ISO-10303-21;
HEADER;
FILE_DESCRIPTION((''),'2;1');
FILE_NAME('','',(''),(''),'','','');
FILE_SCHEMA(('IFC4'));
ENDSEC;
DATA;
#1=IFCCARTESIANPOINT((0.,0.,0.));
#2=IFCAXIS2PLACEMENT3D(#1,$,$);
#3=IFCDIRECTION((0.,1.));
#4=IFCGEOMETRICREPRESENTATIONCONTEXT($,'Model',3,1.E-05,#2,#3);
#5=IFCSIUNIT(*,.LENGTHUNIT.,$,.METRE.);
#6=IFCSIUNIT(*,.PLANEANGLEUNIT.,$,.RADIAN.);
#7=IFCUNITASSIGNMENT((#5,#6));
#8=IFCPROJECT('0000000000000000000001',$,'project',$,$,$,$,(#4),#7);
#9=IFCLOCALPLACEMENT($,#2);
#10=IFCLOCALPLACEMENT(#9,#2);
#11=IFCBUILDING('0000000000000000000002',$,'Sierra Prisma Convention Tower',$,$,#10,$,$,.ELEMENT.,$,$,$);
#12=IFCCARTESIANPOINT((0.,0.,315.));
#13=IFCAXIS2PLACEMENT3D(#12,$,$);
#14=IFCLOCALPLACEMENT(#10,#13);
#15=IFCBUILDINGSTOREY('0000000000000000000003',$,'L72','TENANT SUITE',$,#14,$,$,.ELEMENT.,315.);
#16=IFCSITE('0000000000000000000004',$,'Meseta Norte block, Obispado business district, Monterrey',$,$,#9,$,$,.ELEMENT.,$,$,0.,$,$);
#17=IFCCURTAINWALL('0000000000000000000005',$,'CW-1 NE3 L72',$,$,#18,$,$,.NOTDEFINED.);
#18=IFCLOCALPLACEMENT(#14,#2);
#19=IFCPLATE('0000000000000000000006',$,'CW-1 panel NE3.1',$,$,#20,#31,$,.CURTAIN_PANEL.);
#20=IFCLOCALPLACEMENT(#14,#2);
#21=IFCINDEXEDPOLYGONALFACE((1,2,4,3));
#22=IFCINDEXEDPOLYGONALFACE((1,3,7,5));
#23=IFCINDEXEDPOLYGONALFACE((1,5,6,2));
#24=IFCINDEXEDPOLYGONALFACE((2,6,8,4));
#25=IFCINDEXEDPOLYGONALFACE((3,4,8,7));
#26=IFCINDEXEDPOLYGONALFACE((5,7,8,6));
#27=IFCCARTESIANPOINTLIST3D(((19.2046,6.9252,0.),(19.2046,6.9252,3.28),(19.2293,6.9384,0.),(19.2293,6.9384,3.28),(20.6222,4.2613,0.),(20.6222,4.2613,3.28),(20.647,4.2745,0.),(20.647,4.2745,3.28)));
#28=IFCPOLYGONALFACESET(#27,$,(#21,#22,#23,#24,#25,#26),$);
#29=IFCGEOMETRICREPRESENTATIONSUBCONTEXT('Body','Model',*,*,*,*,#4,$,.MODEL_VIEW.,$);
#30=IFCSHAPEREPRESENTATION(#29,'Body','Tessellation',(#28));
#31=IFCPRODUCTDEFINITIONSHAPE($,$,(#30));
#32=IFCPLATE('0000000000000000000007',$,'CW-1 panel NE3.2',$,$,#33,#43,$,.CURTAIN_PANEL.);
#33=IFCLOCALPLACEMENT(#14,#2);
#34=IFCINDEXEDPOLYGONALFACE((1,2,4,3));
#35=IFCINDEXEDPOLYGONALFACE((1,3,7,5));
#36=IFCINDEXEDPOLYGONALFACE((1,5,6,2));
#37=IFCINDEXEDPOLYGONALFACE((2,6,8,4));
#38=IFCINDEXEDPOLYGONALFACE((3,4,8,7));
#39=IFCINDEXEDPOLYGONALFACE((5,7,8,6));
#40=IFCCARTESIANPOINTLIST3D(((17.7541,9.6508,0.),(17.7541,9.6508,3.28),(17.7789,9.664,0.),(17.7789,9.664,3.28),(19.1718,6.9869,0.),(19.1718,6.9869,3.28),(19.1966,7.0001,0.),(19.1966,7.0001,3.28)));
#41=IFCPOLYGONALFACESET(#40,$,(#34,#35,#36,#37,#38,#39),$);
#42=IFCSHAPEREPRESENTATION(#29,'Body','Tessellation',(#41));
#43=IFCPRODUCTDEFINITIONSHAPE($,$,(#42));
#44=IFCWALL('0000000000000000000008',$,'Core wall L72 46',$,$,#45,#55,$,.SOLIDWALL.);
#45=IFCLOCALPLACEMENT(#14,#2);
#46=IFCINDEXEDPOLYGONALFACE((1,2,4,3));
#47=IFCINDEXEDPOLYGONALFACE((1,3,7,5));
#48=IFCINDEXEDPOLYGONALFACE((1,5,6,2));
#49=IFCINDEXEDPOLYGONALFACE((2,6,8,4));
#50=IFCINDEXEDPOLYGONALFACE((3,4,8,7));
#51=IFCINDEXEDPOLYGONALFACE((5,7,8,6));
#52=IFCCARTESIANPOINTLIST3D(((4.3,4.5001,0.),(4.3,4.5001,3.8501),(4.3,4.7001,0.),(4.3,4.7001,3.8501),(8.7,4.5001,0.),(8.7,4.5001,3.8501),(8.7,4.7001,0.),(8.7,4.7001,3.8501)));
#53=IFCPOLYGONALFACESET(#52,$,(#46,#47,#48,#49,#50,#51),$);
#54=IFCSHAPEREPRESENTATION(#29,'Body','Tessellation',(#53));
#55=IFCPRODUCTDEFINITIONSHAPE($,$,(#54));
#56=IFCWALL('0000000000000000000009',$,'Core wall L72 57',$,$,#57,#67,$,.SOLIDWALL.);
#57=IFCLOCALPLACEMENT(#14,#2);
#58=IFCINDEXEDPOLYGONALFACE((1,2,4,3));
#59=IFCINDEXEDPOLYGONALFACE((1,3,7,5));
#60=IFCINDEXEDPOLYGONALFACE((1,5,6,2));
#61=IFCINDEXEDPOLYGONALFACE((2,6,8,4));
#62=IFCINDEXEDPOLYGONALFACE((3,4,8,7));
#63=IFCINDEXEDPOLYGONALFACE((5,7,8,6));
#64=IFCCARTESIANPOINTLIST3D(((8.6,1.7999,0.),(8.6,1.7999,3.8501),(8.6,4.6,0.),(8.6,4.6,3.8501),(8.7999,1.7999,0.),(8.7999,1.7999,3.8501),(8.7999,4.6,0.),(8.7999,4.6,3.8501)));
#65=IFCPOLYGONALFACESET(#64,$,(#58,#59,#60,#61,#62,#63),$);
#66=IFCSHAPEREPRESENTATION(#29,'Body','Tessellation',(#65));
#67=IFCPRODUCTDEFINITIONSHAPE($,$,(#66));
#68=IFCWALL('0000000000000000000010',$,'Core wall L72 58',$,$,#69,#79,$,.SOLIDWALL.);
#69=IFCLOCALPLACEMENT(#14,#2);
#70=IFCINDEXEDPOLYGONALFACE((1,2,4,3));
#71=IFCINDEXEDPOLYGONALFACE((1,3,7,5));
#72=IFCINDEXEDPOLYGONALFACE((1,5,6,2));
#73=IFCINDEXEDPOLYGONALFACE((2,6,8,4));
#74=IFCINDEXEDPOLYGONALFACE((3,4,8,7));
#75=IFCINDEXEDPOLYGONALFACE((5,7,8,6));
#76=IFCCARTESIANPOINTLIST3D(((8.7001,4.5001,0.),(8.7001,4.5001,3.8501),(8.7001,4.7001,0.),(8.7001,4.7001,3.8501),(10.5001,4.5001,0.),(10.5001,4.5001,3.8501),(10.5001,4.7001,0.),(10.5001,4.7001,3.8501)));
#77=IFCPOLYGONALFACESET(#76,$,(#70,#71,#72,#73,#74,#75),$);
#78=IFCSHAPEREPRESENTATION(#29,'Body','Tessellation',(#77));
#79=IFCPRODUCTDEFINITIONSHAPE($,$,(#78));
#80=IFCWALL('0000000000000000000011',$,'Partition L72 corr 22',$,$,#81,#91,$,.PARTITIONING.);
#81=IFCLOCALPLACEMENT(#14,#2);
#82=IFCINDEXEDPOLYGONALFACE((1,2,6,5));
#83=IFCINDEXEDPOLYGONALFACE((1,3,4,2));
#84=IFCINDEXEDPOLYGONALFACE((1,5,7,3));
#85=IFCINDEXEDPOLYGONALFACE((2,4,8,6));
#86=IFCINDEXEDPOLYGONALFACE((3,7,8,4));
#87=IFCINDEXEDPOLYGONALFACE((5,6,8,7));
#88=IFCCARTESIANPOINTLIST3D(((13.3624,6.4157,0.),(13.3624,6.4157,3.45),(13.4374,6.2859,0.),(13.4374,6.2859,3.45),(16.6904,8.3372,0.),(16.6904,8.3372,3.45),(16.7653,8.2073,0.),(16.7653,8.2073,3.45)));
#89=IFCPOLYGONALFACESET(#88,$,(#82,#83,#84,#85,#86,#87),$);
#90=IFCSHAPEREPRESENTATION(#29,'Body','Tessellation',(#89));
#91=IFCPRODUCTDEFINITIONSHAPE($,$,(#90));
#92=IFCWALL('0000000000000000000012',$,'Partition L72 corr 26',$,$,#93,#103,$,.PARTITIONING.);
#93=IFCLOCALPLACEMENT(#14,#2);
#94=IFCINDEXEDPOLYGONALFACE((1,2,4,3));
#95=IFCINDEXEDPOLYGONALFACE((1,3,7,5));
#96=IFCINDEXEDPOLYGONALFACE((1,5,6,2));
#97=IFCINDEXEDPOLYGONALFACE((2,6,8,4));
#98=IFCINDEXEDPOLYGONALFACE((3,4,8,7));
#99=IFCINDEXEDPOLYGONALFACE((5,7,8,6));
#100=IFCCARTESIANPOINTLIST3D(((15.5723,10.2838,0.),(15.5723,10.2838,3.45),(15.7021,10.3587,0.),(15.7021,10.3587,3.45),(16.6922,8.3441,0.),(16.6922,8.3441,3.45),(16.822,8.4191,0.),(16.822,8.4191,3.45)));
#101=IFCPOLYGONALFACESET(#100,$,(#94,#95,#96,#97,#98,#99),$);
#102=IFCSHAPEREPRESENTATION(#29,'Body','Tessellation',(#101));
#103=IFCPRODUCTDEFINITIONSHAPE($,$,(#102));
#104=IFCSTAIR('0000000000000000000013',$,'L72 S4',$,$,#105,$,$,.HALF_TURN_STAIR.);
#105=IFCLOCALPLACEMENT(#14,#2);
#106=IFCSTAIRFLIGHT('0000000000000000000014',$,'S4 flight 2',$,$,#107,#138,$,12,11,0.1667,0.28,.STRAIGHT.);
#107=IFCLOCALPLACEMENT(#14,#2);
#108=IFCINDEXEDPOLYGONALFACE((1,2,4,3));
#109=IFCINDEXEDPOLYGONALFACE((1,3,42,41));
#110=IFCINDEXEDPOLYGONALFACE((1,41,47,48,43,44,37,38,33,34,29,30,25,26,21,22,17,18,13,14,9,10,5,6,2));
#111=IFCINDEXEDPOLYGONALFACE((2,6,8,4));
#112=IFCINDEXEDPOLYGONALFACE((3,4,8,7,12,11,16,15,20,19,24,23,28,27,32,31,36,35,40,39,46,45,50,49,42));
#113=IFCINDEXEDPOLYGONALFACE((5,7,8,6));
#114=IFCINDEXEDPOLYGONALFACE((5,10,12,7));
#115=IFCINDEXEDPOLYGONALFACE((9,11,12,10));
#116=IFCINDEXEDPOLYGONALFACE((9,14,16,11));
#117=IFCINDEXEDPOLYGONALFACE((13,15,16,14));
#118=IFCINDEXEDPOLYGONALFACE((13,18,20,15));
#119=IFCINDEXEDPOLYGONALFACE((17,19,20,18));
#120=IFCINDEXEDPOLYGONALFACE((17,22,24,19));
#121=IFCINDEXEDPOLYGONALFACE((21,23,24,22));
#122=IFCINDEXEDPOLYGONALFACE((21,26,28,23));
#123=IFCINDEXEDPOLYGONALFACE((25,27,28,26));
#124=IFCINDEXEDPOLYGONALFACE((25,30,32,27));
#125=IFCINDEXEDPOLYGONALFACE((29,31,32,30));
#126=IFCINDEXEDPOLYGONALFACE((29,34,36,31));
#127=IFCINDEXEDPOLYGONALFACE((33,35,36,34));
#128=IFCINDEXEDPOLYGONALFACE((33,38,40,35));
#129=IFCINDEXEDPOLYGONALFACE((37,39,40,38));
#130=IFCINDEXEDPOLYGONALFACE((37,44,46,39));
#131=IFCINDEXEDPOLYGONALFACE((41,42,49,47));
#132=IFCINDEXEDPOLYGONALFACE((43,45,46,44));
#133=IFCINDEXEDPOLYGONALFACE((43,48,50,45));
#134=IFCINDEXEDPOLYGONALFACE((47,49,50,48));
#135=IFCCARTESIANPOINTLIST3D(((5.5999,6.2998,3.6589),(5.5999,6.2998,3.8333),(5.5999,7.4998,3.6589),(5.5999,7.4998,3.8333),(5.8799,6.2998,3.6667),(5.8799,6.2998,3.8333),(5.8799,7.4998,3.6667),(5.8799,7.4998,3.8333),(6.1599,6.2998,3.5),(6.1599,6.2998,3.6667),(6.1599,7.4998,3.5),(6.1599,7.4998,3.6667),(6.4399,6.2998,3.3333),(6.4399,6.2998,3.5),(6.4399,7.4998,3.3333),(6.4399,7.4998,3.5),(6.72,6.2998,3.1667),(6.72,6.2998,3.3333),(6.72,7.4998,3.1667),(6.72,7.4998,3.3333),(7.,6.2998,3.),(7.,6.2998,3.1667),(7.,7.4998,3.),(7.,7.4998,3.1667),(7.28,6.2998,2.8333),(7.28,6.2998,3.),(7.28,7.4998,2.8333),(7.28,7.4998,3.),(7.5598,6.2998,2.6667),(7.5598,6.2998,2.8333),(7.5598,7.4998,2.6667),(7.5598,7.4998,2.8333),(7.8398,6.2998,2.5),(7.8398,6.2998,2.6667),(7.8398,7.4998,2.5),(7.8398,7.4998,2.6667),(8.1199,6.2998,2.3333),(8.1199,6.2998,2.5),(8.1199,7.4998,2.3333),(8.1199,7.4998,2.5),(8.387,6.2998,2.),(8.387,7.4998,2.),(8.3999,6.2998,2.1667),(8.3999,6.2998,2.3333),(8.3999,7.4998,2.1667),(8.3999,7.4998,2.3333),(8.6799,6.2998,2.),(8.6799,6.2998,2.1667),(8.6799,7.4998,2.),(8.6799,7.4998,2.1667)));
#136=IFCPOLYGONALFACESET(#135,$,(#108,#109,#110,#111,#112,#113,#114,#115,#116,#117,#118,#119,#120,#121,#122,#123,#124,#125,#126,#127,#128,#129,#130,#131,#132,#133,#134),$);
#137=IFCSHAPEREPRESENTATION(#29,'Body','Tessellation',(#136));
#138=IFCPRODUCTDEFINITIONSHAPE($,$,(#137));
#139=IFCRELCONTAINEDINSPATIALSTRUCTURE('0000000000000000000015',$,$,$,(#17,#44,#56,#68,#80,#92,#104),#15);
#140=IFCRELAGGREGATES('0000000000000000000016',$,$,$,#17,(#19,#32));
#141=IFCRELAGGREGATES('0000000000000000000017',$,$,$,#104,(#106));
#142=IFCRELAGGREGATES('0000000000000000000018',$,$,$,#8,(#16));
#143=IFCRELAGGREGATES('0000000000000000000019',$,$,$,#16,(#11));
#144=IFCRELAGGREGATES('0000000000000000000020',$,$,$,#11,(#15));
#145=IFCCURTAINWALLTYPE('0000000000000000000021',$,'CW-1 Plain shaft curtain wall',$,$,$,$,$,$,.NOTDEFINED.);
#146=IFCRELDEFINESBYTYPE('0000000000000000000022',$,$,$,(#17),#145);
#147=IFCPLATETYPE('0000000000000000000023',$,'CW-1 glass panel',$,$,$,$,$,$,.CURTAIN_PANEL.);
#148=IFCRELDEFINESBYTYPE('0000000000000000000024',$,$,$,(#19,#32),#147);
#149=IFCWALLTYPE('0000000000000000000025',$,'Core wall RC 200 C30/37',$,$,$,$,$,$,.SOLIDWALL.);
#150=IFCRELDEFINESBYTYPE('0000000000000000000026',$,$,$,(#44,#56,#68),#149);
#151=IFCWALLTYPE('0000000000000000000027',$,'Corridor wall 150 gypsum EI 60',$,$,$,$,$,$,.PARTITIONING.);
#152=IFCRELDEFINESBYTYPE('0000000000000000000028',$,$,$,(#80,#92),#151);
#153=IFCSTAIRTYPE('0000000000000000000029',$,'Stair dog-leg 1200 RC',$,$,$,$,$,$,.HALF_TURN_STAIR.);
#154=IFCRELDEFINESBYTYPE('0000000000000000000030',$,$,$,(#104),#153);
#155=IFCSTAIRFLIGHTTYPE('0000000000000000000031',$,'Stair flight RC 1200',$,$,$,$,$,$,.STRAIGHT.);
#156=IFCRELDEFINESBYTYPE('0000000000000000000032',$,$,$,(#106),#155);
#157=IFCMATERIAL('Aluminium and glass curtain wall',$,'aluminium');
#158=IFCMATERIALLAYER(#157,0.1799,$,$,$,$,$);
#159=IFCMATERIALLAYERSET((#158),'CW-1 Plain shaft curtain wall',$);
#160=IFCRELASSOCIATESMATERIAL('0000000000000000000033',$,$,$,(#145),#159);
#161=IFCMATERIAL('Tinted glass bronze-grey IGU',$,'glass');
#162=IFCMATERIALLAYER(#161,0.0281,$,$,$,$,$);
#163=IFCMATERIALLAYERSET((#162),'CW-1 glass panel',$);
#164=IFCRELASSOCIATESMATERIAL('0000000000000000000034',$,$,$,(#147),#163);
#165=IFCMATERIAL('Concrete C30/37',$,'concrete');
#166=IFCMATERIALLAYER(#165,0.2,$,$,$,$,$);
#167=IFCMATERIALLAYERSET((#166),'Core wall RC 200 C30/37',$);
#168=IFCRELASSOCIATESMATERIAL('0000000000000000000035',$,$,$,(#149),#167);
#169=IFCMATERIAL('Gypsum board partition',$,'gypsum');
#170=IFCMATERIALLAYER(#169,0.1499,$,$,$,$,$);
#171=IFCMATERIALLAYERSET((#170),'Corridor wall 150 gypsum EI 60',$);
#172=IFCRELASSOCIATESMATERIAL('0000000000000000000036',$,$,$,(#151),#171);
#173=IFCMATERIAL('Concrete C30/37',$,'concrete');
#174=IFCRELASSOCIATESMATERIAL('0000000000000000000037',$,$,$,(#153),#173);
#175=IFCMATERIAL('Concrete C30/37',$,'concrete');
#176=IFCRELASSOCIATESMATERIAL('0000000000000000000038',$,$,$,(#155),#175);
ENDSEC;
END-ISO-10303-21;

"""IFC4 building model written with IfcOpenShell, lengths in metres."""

from ifc_helpers import new_model, si_unit, direction, frame, frame_2d, origin, origin_2d, place, context, subcontext, project, spatial, polyline, rectangle, outline, extrude, material, layer, layer_set, type_object, element, aggregate, save


model = new_model("IFC4")

# Units and contexts
model_context = context("Model", 3, precision=1e-05, world=origin(), true_north=direction((0.0, 1.0)))
body_context = subcontext(model_context, "Body", "Model", "MODEL_VIEW")
ifc_project = project(units=[si_unit("LENGTHUNIT", "METRE"), si_unit("PLANEANGLEUNIT", "RADIAN")], contexts=[model_context])

# Site, building, storey
site_placement = place(None, origin())
site = spatial("IfcSite", under=ifc_project, at=site_placement, Name="Meseta Norte block, Obispado business district, Monterrey", CompositionType="ELEMENT", RefElevation=0.0)
building_placement = place(site_placement, origin())
building = spatial("IfcBuilding", under=site, at=building_placement, Name="Sierra Prisma Convention Tower", CompositionType="ELEMENT")
storey_placement = place(building_placement, frame((0.0, 0.0, 315.0)))
storey = spatial("IfcBuildingStorey", under=building, at=storey_placement, Name="L72", Description="TENANT SUITE", CompositionType="ELEMENT", Elevation=315.0)

# Shared definitions
ifc_material_1 = material(Name="Aluminium and glass curtain wall", Category="aluminium")
ifc_layer_1 = layer(ifc_material_1, 0.1799)
ifc_layer_set_1 = layer_set([ifc_layer_1], Name="CW-1 Plain shaft curtain wall")
curtain_wall_type = type_object("IfcCurtainWallType", Name="CW-1 Plain shaft curtain wall", PredefinedType="NOTDEFINED", material=ifc_layer_set_1)

# Curtain wall
curtain_wall_1_placement = place(storey_placement, origin())
curtain_wall_1 = element("IfcCurtainWall", 1, at=curtain_wall_1_placement, inside=storey, type_object=curtain_wall_type, Name="CW-1 NE3 L72", PredefinedType="NOTDEFINED")

# Plates
ifc_material_2 = material(Name="Tinted glass bronze-grey IGU", Category="glass")
ifc_layer_2 = layer(ifc_material_2, 0.0281)
ifc_layer_set_2 = layer_set([ifc_layer_2], Name="CW-1 glass panel")
plate_type = type_object("IfcPlateType", Name="CW-1 glass panel", PredefinedType="CURTAIN_PANEL", material=ifc_layer_set_2)
plate_1_placement = place(storey_placement, frame((19.9258, 5.5999, 0.0), z_axis=(0.0, 0.0, 1.0), x_axis=(-0.469797, 0.882774, 0.0)))
plate_1 = element("IfcPlate", 2, at=plate_1_placement, type_object=plate_type, Name="CW-1 panel NE3.1", PredefinedType="CURTAIN_PANEL", context=body_context, shape_type="SweptSolid", body=[
    extrude(rectangle(XDim=3.0176, YDim=0.0281, at=origin_2d()), origin(), (0.0, 0.0, 1.0), 3.28),
])
plate_2_placement = place(storey_placement, frame((18.4753, 8.3254, 0.0), z_axis=(0.0, 0.0, 1.0), x_axis=(-0.469797, 0.882774, 0.0)))
plate_2 = element("IfcPlate", 3, at=plate_2_placement, type_object=plate_type, Name="CW-1 panel NE3.2", PredefinedType="CURTAIN_PANEL", context=body_context, shape_type="SweptSolid", body=[
    extrude(rectangle(XDim=3.0176, YDim=0.0281, at=origin_2d()), origin(), (0.0, 0.0, 1.0), 3.28),
])
aggregate(curtain_wall_1, [plate_1, plate_2])

# Wall
ifc_material_3 = material(Name="Concrete C30/37", Category="concrete")
ifc_layer_3 = layer(ifc_material_3, 0.2)
ifc_layer_set_3 = layer_set([ifc_layer_3], Name="Core wall RC 200 C30/37")
wall_type_1 = type_object("IfcWallType", Name="Core wall RC 200 C30/37", PredefinedType="SOLIDWALL", material=ifc_layer_set_3)
wall_1_placement = place(storey_placement, frame((8.7, 4.6001, 0.0), z_axis=(0.0, 0.0, 1.0), x_axis=(-1.0, 0.0, 0.0)))
element("IfcWall", 4, at=wall_1_placement, inside=storey, type_object=wall_type_1, Name="Core wall L72 46", PredefinedType="SOLIDWALL", context=body_context, shape_type="SweptSolid", body=[
    extrude(rectangle(XDim=4.3999, YDim=0.2, at=frame_2d((2.2, 0.0))), origin(), (0.0, 0.0, 1.0), 3.8501),
])

# Walls
wall_2_placement = place(storey_placement, frame((8.7, 1.8, 0.0), z_axis=(0.0, 0.0, 1.0), x_axis=(0.0, 1.0, 0.0)))
element("IfcWall", 5, at=wall_2_placement, inside=storey, type_object=wall_type_1, Name="Core wall L72 57", PredefinedType="SOLIDWALL", context=body_context, shape_type="SweptSolid", body=[
    extrude(rectangle(XDim=2.8, YDim=0.2, at=frame_2d((1.3999, 0.0))), origin(), (0.0, 0.0, 1.0), 3.8501),
])
wall_3_placement = place(storey_placement, frame((10.5, 4.6001, 0.0), z_axis=(0.0, 0.0, 1.0), x_axis=(-1.0, 0.0, 0.0)))
element("IfcWall", 6, at=wall_3_placement, inside=storey, type_object=wall_type_1, Name="Core wall L72 58", PredefinedType="SOLIDWALL", context=body_context, shape_type="SweptSolid", body=[
    extrude(rectangle(XDim=1.8, YDim=0.2, at=frame_2d((0.8999, 0.0))), origin(), (0.0, 0.0, 1.0), 3.8501),
])
ifc_material_4 = material(Name="Gypsum board partition", Category="gypsum")
ifc_layer_4 = layer(ifc_material_4, 0.1499)
ifc_layer_set_4 = layer_set([ifc_layer_4], Name="Corridor wall 150 gypsum EI 60")
wall_type_2 = type_object("IfcWallType", Name="Corridor wall 150 gypsum EI 60", PredefinedType="PARTITIONING", material=ifc_layer_set_4)
wall_4_placement = place(storey_placement, frame((13.3999, 6.3508, 0.0), z_axis=(0.0, 0.0, 1.0), x_axis=(0.866022, 0.500007, 0.0)))
element("IfcWall", 7, at=wall_4_placement, inside=storey, type_object=wall_type_2, Name="Partition L72 corr 22", PredefinedType="PARTITIONING", context=body_context, shape_type="SweptSolid", body=[
    extrude(rectangle(XDim=3.8428, YDim=0.1499, at=frame_2d((1.9214, 0.0))), origin(), (0.0, 0.0, 1.0), 3.45),
])
wall_5_placement = place(storey_placement, frame((16.7571, 8.3816, 0.0), z_axis=(0.0, 0.0, 1.0), x_axis=(-0.499996, 0.866028, 0.0)))
element("IfcWall", 8, at=wall_5_placement, inside=storey, type_object=wall_type_2, Name="Partition L72 corr 26", PredefinedType="PARTITIONING", context=body_context, shape_type="SweptSolid", body=[
    extrude(rectangle(XDim=2.2397, YDim=0.1499, at=frame_2d((1.1199, 0.0))), origin(), (0.0, 0.0, 1.0), 3.45),
])

# Stair, stair flight
ifc_material_5 = material(Name="Concrete C30/37", Category="concrete")
stair_type = type_object("IfcStairType", Name="Stair dog-leg 1200 RC", PredefinedType="HALF_TURN_STAIR", material=ifc_material_5)
stair_placement = place(storey_placement, origin())
stair = element("IfcStair", 9, at=stair_placement, inside=storey, type_object=stair_type, Name="L72 S4", PredefinedType="HALF_TURN_STAIR")
ifc_material_6 = material(Name="Concrete C30/37", Category="concrete")
stair_flight_type = type_object("IfcStairFlightType", Name="Stair flight RC 1200", PredefinedType="STRAIGHT", material=ifc_material_6)
stair_flight_placement = place(storey_placement, frame((8.6799, 6.8999, 2.0), z_axis=(0.0, 0.0, 1.0), x_axis=(-1.0, 0.0, 0.0)))
stair_flight = element("IfcStairFlight", 10, at=stair_flight_placement, type_object=stair_flight_type, Name="S4 flight 2", NumberOfRisers=12, NumberOfTreads=11, PredefinedType="STRAIGHT", RiserHeight=0.1667, TreadLength=0.28, context=body_context, shape_type="SweptSolid", body=[
    extrude(outline(polyline([(0.0, 0.0), (0.0, 0.1667), (0.28, 0.1667), (0.28, 0.3333), (0.5601, 0.3333), (0.5601, 0.5), (0.8401, 0.5), (0.8401, 0.6667), (1.1201, 0.6667), (1.1201, 0.8333), (1.3999, 0.8333), (1.3999, 1.0), (1.6799, 1.0), (1.6799, 1.1667), (1.96, 1.1667), (1.96, 1.3333), (2.24, 1.3333), (2.24, 1.5), (2.52, 1.5), (2.52, 1.6667), (2.8, 1.6667), (2.8, 1.8333), (3.0801, 1.8333), (3.0801, 2.0), (3.0801, 1.6589), (0.293, 0.0), (0.0, 0.0)])), frame((0.0, 0.6001, 0.0), z_axis=(0.0, -1.0, 0.0), x_axis=(1.0, 0.0, 0.0)), (0.0, 0.0, 1.0), 1.2),
])
aggregate(stair, [stair_flight])

save(model, "model.ifc")
